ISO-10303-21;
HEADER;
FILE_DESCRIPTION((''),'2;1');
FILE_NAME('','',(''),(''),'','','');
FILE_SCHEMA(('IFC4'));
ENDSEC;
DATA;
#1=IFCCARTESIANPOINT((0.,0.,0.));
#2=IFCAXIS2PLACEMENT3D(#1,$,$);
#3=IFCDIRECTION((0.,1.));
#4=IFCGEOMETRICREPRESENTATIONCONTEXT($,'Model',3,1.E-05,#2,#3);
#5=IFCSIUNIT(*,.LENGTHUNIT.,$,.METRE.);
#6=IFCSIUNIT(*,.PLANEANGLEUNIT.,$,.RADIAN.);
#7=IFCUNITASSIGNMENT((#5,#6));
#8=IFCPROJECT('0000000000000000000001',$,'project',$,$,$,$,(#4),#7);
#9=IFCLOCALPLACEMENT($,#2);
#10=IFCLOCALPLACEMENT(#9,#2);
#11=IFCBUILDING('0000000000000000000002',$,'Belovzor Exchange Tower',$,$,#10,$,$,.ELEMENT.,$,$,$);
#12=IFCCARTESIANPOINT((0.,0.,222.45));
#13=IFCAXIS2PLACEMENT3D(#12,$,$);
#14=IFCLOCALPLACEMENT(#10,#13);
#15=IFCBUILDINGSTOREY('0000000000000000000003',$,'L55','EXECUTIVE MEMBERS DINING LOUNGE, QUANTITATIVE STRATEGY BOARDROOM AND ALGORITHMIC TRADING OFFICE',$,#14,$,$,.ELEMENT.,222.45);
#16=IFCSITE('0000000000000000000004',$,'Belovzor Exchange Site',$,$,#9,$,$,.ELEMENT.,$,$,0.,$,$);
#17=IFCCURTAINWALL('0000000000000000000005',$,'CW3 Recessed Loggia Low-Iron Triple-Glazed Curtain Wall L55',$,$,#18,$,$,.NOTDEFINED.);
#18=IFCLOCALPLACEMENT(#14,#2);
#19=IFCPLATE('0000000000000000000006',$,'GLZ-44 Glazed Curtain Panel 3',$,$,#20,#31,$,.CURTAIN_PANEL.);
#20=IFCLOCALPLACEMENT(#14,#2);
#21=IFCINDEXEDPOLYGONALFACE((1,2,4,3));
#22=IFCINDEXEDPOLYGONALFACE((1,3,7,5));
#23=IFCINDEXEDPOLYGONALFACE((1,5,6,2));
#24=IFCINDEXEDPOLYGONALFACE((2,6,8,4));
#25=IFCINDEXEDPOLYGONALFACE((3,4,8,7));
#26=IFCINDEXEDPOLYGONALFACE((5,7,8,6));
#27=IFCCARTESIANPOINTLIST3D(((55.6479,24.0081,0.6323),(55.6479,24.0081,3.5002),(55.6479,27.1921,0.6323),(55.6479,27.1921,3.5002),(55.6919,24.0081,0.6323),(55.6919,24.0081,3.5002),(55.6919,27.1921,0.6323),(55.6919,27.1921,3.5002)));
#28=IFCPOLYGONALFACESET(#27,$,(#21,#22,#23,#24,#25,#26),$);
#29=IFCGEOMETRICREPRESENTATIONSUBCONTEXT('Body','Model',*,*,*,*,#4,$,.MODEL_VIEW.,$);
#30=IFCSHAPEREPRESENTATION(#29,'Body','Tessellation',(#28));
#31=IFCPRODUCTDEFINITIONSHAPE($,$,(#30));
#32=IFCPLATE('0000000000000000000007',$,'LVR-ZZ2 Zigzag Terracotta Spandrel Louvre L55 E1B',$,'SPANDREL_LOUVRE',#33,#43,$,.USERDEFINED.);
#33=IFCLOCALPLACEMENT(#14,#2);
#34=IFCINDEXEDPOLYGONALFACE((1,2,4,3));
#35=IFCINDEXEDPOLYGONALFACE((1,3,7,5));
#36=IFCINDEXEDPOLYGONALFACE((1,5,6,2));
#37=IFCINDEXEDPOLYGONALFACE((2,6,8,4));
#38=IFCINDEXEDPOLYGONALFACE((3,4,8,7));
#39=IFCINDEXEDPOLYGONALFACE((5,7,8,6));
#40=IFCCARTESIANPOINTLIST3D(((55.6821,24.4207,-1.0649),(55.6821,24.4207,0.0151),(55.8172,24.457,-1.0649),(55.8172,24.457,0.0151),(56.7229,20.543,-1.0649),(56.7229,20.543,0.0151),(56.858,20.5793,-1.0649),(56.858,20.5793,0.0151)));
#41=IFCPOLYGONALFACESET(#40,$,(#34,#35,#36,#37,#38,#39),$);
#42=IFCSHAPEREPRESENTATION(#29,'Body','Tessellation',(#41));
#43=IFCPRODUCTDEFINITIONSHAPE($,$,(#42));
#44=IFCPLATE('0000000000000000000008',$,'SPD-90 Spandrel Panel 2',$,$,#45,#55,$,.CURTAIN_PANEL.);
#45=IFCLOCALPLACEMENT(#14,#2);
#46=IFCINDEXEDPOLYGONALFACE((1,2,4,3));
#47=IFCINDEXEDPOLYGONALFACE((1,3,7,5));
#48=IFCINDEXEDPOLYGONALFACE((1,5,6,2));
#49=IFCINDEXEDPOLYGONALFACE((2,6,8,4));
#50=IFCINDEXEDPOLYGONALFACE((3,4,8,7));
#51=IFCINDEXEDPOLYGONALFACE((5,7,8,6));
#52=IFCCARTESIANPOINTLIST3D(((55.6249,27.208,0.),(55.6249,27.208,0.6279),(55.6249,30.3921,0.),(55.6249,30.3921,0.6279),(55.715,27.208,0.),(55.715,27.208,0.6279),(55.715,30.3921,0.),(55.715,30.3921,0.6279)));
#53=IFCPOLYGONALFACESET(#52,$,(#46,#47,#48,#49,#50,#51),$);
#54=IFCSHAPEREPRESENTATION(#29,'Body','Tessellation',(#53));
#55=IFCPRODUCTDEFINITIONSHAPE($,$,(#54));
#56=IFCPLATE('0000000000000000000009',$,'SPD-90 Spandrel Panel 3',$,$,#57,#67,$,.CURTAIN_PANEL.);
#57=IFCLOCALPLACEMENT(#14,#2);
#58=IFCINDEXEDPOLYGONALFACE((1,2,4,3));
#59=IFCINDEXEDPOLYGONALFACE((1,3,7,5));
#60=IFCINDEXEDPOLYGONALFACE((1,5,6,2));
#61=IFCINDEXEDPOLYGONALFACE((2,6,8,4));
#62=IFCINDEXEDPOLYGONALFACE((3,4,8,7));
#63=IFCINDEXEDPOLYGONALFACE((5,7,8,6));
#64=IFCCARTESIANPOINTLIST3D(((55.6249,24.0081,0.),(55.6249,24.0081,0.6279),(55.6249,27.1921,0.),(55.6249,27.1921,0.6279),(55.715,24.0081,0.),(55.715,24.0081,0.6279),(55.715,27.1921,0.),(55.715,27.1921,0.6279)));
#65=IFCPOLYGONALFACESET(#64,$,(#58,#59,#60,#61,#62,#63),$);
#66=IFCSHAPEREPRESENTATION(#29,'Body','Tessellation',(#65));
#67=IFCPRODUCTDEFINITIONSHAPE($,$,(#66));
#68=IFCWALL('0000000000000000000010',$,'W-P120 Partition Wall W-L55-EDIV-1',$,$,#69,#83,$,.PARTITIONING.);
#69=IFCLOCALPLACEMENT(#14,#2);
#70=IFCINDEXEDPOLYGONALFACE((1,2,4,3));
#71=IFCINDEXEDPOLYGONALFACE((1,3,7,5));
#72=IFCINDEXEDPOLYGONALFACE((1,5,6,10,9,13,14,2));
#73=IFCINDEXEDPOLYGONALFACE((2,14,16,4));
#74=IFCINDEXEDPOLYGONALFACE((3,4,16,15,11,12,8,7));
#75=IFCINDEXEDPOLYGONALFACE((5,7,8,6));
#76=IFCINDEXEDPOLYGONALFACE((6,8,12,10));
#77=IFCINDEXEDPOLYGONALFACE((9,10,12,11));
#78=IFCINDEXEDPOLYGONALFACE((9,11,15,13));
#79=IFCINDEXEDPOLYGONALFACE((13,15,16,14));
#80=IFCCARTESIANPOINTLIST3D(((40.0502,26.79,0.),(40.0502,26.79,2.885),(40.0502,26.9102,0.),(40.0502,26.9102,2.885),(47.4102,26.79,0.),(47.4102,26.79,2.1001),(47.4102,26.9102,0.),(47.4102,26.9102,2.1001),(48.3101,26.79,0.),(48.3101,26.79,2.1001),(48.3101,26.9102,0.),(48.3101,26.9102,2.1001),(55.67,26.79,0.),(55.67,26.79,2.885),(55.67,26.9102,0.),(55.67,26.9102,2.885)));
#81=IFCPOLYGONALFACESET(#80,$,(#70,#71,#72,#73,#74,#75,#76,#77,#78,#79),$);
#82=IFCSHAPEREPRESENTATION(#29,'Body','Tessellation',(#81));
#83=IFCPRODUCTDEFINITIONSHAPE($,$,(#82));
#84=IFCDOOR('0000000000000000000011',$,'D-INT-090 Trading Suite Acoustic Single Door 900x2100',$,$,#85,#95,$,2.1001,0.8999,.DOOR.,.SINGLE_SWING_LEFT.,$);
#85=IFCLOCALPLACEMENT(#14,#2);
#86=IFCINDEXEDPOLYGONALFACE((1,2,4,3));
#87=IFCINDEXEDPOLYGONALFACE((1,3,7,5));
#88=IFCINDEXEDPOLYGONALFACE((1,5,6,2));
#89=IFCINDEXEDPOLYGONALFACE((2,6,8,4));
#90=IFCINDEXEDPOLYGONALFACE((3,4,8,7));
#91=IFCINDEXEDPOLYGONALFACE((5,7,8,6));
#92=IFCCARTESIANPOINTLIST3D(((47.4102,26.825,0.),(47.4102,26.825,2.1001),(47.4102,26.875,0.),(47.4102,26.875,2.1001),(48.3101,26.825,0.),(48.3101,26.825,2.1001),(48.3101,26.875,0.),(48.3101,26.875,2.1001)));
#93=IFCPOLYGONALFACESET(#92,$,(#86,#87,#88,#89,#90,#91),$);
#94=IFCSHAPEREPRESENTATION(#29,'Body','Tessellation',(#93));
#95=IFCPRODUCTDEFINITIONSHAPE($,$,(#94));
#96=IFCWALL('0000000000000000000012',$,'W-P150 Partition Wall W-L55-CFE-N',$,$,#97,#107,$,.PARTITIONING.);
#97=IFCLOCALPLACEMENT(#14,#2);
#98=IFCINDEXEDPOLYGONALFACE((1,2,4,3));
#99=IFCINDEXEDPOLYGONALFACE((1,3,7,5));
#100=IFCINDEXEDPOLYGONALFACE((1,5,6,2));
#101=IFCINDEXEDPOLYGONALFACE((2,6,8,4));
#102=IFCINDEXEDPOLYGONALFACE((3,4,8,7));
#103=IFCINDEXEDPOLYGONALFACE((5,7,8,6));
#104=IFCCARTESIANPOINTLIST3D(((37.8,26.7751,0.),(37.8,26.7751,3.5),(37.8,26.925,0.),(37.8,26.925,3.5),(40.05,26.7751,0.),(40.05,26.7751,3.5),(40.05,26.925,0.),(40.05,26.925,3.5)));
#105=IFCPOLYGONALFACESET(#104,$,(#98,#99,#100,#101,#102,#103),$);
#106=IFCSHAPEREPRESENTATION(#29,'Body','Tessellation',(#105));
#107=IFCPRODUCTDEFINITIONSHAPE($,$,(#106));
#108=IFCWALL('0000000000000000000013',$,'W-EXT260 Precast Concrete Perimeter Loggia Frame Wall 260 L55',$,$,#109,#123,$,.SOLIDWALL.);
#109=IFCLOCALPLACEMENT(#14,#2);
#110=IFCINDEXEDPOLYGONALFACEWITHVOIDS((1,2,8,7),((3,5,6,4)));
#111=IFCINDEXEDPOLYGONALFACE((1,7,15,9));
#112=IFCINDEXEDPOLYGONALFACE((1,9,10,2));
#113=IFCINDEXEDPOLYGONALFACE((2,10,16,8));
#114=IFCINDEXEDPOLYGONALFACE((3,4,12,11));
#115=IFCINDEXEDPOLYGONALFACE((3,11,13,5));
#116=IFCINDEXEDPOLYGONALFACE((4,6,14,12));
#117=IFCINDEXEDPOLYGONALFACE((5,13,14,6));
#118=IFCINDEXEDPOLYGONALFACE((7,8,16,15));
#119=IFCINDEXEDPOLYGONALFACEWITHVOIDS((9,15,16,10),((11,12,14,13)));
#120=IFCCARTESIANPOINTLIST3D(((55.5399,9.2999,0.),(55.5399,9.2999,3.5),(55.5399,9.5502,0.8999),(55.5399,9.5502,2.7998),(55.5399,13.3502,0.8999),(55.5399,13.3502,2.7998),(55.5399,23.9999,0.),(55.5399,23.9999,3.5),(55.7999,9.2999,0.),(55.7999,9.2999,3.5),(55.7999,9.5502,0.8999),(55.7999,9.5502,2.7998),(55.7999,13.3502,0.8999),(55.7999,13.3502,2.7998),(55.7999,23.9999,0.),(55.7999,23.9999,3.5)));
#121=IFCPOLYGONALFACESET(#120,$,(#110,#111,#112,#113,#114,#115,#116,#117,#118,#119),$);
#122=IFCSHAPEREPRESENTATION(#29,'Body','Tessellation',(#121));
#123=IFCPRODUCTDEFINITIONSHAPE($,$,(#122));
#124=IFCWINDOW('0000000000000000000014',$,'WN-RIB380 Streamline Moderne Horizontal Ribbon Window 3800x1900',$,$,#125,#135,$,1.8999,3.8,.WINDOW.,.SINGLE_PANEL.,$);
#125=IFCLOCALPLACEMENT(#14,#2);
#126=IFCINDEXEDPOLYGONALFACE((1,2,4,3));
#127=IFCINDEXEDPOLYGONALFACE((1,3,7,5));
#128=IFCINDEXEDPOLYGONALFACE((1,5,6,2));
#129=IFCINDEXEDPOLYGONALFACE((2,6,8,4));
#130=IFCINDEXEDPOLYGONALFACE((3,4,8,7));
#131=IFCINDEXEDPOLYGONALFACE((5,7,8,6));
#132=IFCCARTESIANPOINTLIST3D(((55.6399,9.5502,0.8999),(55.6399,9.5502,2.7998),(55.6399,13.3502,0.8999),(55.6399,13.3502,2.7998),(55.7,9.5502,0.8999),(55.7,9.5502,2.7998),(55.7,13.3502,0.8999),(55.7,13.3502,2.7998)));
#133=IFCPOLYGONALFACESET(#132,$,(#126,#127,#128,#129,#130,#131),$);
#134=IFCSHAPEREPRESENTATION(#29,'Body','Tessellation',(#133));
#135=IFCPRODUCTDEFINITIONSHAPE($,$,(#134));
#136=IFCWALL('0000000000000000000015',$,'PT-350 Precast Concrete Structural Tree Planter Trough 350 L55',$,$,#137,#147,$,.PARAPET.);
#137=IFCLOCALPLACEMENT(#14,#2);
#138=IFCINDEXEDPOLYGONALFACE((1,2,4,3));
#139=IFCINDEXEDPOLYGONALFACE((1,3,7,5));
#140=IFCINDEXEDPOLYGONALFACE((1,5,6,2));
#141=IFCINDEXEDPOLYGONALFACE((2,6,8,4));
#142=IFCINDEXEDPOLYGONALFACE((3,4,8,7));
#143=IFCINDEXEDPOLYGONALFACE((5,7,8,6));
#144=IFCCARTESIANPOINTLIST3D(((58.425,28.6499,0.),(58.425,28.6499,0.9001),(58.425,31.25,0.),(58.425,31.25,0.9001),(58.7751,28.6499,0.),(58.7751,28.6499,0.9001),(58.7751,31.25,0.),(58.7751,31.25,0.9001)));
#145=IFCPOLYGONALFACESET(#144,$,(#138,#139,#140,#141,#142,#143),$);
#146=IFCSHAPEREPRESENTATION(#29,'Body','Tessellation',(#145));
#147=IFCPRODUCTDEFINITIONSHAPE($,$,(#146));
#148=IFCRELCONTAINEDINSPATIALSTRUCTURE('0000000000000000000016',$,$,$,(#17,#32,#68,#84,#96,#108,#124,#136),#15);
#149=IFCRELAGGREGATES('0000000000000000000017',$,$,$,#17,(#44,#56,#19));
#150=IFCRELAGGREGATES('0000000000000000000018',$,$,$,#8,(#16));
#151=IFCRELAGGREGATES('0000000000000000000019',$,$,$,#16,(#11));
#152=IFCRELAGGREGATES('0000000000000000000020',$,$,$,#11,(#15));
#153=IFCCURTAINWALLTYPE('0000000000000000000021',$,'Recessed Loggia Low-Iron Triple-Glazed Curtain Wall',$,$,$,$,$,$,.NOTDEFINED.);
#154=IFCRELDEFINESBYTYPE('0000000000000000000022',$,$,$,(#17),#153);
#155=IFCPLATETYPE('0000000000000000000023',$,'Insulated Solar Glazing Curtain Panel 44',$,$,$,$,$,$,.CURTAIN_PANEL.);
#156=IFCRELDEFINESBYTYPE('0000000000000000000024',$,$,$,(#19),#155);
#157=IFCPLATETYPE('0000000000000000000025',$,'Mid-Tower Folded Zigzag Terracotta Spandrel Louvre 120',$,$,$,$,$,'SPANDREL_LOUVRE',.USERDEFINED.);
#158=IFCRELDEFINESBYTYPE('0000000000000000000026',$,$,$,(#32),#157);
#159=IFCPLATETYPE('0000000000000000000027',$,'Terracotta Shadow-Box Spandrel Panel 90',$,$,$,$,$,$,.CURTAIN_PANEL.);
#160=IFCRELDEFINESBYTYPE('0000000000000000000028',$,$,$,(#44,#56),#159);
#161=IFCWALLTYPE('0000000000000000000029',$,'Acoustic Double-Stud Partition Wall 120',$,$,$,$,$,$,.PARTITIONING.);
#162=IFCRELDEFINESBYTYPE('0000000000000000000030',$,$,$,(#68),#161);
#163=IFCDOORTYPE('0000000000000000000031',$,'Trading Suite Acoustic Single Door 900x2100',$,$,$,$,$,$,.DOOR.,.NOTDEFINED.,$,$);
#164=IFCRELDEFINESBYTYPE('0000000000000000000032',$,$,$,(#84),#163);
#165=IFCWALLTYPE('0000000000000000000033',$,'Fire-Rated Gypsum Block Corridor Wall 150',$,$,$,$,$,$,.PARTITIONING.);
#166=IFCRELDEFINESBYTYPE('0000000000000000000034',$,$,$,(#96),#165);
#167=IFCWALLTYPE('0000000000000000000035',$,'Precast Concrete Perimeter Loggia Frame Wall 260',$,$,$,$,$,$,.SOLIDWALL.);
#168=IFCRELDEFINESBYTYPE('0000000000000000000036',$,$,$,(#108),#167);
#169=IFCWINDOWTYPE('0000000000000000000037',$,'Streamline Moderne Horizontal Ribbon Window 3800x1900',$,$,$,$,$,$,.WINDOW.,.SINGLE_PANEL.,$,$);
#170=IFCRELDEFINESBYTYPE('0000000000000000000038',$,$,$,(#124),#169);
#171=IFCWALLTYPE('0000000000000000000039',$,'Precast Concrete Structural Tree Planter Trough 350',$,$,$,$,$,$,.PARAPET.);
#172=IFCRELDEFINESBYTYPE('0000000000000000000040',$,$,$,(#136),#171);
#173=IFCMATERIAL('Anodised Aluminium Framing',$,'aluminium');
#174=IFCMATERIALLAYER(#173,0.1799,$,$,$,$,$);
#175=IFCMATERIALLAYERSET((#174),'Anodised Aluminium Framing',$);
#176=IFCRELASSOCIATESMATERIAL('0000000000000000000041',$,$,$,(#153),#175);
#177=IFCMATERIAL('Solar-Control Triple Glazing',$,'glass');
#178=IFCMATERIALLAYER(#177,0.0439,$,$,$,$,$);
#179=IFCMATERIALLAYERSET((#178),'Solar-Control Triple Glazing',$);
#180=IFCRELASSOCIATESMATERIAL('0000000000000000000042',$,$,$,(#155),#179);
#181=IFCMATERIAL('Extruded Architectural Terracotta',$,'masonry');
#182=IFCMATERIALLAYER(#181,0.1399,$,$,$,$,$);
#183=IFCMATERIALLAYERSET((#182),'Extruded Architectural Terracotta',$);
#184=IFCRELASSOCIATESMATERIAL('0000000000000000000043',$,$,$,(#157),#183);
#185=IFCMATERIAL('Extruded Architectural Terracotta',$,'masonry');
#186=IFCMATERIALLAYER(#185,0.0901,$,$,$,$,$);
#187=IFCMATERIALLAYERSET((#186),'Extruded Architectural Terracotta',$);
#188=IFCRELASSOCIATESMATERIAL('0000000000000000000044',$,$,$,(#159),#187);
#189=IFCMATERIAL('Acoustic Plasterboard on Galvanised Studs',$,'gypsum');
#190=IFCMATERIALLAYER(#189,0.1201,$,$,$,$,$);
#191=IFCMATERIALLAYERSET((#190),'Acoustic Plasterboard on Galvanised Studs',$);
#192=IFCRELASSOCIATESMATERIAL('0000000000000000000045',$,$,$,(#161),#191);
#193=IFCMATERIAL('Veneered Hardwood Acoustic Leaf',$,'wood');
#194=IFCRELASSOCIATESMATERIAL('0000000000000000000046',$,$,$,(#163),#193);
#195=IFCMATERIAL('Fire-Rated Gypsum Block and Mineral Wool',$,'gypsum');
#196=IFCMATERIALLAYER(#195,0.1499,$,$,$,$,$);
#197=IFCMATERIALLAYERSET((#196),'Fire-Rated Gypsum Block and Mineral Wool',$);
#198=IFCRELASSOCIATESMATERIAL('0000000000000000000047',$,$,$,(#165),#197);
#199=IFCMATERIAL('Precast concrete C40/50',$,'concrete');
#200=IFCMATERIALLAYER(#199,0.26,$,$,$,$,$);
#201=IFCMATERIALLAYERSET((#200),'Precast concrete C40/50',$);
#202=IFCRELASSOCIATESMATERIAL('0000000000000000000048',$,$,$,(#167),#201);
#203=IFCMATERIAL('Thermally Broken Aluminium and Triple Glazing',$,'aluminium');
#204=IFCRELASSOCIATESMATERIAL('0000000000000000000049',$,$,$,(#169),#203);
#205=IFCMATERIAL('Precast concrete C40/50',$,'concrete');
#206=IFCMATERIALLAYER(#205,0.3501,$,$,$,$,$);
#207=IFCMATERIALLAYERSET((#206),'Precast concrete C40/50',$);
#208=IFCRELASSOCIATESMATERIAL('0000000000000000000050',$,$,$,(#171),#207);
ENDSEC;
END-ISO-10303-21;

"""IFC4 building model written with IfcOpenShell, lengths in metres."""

from ifc_helpers import new_model, si_unit, direction, frame, frame_2d, origin, origin_2d, place, context, subcontext, project, spatial, rectangle, extrude, material, layer, layer_set, type_object, element, fill, aggregate, save


model = new_model("IFC4")

# Units and contexts
model_context = context("Model", 3, precision=1e-05, world=origin(), true_north=direction((0.0, 1.0)))
body_context = subcontext(model_context, "Body", "Model", "MODEL_VIEW")
ifc_project = project(units=[si_unit("LENGTHUNIT", "METRE"), si_unit("PLANEANGLEUNIT", "RADIAN")], contexts=[model_context])

# Site, building, storey
site_placement = place(None, origin())
site = spatial("IfcSite", under=ifc_project, at=site_placement, Name="Belovzor Exchange Site", CompositionType="ELEMENT", RefElevation=0.0)
building_placement = place(site_placement, origin())
building = spatial("IfcBuilding", under=site, at=building_placement, Name="Belovzor Exchange Tower", CompositionType="ELEMENT")
storey_placement = place(building_placement, frame((0.0, 0.0, 222.45)))
storey = spatial("IfcBuildingStorey", under=building, at=storey_placement, Name="L55", Description="EXECUTIVE MEMBERS DINING LOUNGE, QUANTITATIVE STRATEGY BOARDROOM AND ALGORITHMIC TRADING OFFICE", CompositionType="ELEMENT", Elevation=222.45)

# Curtain wall
ifc_material_1 = material(Name="Anodised Aluminium Framing", Category="aluminium")
ifc_layer_1 = layer(ifc_material_1, 0.1799)
ifc_layer_set_1 = layer_set([ifc_layer_1], Name="Anodised Aluminium Framing")
curtain_wall_type = type_object("IfcCurtainWallType", Name="Recessed Loggia Low-Iron Triple-Glazed Curtain Wall", PredefinedType="NOTDEFINED", material=ifc_layer_set_1)
curtain_wall_placement = place(storey_placement, origin())
curtain_wall = element("IfcCurtainWall", 1, at=curtain_wall_placement, inside=storey, type_object=curtain_wall_type, Name="CW3 Recessed Loggia Low-Iron Triple-Glazed Curtain Wall L55", PredefinedType="NOTDEFINED")

# Plates
ifc_material_2 = material(Name="Solar-Control Triple Glazing", Category="glass")
ifc_layer_2 = layer(ifc_material_2, 0.0439)
ifc_layer_set_2 = layer_set([ifc_layer_2], Name="Solar-Control Triple Glazing")
plate_type_1 = type_object("IfcPlateType", Name="Insulated Solar Glazing Curtain Panel 44", PredefinedType="CURTAIN_PANEL", material=ifc_layer_set_2)
plate_1_placement = place(storey_placement, frame((55.6699, 25.6001, 0.6323), z_axis=(0.0, 0.0, 1.0), x_axis=(0.0, -1.0, 0.0)))
plate_1 = element("IfcPlate", 2, at=plate_1_placement, type_object=plate_type_1, Name="GLZ-44 Glazed Curtain Panel 3", PredefinedType="CURTAIN_PANEL", context=body_context, shape_type="SweptSolid", body=[
    extrude(rectangle(XDim=3.1841, YDim=0.0439, at=origin_2d()), origin(), (0.0, 0.0, 1.0), 2.8679),
])
ifc_material_3 = material(Name="Extruded Architectural Terracotta", Category="masonry")
ifc_layer_3 = layer(ifc_material_3, 0.1399)
ifc_layer_set_3 = layer_set([ifc_layer_3], Name="Extruded Architectural Terracotta")
plate_type_2 = type_object("IfcPlateType", Name="Mid-Tower Folded Zigzag Terracotta Spandrel Louvre 120", ElementType="SPANDREL_LOUVRE", PredefinedType="USERDEFINED", material=ifc_layer_set_3)
plate_2_placement = place(storey_placement, frame((56.27, 22.5, -1.0649), z_axis=(0.0, 0.0, 1.0), x_axis=(-0.25924, 0.965813, 0.0)))
element("IfcPlate", 3, at=plate_2_placement, inside=storey, type_object=plate_type_2, Name="LVR-ZZ2 Zigzag Terracotta Spandrel Louvre L55 E1B", ObjectType="SPANDREL_LOUVRE", PredefinedType="USERDEFINED", context=body_context, shape_type="SweptSolid", body=[
    extrude(rectangle(XDim=4.0149, YDim=0.1399, at=origin_2d()), origin(), (0.0, 0.0, 1.0), 1.0801),
])
ifc_material_4 = material(Name="Extruded Architectural Terracotta", Category="masonry")
ifc_layer_4 = layer(ifc_material_4, 0.0901)
ifc_layer_set_4 = layer_set([ifc_layer_4], Name="Extruded Architectural Terracotta")
plate_type_3 = type_object("IfcPlateType", Name="Terracotta Shadow-Box Spandrel Panel 90", PredefinedType="CURTAIN_PANEL", material=ifc_layer_set_4)
plate_3_placement = place(storey_placement, frame((55.6699, 28.8, 0.0), z_axis=(0.0, 0.0, 1.0), x_axis=(0.0, -1.0, 0.0)))
plate_3 = element("IfcPlate", 4, at=plate_3_placement, type_object=plate_type_3, Name="SPD-90 Spandrel Panel 2", PredefinedType="CURTAIN_PANEL", context=body_context, shape_type="SweptSolid", body=[
    extrude(rectangle(XDim=3.1841, YDim=0.0901, at=origin_2d()), origin(), (0.0, 0.0, 1.0), 0.6279),
])
plate_4_placement = place(storey_placement, frame((55.6699, 25.6001, 0.0), z_axis=(0.0, 0.0, 1.0), x_axis=(0.0, -1.0, 0.0)))
plate_4 = element("IfcPlate", 5, at=plate_4_placement, type_object=plate_type_3, Name="SPD-90 Spandrel Panel 3", PredefinedType="CURTAIN_PANEL", context=body_context, shape_type="SweptSolid", body=[
    extrude(rectangle(XDim=3.1841, YDim=0.0901, at=origin_2d()), origin(), (0.0, 0.0, 1.0), 0.6279),
])
aggregate(curtain_wall, [plate_3, plate_4, plate_1])

# Wall, opening, door
ifc_material_5 = material(Name="Acoustic Plasterboard on Galvanised Studs", Category="gypsum")
ifc_layer_5 = layer(ifc_material_5, 0.1201)
ifc_layer_set_5 = layer_set([ifc_layer_5], Name="Acoustic Plasterboard on Galvanised Studs")
wall_type_1 = type_object("IfcWallType", Name="Acoustic Double-Stud Partition Wall 120", PredefinedType="PARTITIONING", material=ifc_layer_set_5)
wall_1_placement = place(storey_placement, frame((40.05, 26.8501, 0.0), z_axis=(0.0, 0.0, 1.0), x_axis=(1.0, 0.0, 0.0)))
wall_1 = element("IfcWall", 6, at=wall_1_placement, inside=storey, type_object=wall_type_1, Name="W-P120 Partition Wall W-L55-EDIV-1", PredefinedType="PARTITIONING", context=body_context, shape_type="SweptSolid", body=[
    extrude(rectangle(XDim=15.6199, YDim=0.1201, at=frame_2d((7.8101, 0.0))), origin(), (0.0, 0.0, 1.0), 2.885),
])
opening_1_placement = place(wall_1_placement, frame((7.3601, 0.0, 0.0)))
opening_1 = element("IfcOpeningElement", 7, at=opening_1_placement, cuts=wall_1, PredefinedType="OPENING", context=body_context, shape_type="SweptSolid", body=[
    extrude(rectangle(XDim=0.8999, YDim=2.1001, at=frame_2d((0.45, 1.05))), frame((0.0, 0.0701, 0.0), z_axis=(0.0, -1.0, 0.0), x_axis=(1.0, 0.0, 0.0)), (0.0, 0.0, 1.0), 0.1401),
])
ifc_material_6 = material(Name="Veneered Hardwood Acoustic Leaf", Category="wood")
door_type = type_object("IfcDoorType", Name="Trading Suite Acoustic Single Door 900x2100", OperationType="NOTDEFINED", PredefinedType="DOOR", material=ifc_material_6)
door_placement = place(opening_1_placement, origin())
door = element("IfcDoor", 8, at=door_placement, inside=storey, type_object=door_type, Name="D-INT-090 Trading Suite Acoustic Single Door 900x2100", OperationType="SINGLE_SWING_LEFT", OverallHeight=2.1001, OverallWidth=0.8999, PredefinedType="DOOR", context=body_context, shape_type="SweptSolid", body=[
    extrude(rectangle(XDim=0.8999, YDim=2.1001, at=frame_2d((0.45, 1.05))), frame((0.0, 0.0249, 0.0), z_axis=(0.0, -1.0, 0.0), x_axis=(1.0, 0.0, 0.0)), (0.0, 0.0, 1.0), 0.05),
])
fill(opening_1, door)

# Wall
ifc_material_7 = material(Name="Fire-Rated Gypsum Block and Mineral Wool", Category="gypsum")
ifc_layer_6 = layer(ifc_material_7, 0.1499)
ifc_layer_set_6 = layer_set([ifc_layer_6], Name="Fire-Rated Gypsum Block and Mineral Wool")
wall_type_2 = type_object("IfcWallType", Name="Fire-Rated Gypsum Block Corridor Wall 150", PredefinedType="PARTITIONING", material=ifc_layer_set_6)
wall_2_placement = place(storey_placement, frame((37.8, 26.8501, 0.0), z_axis=(0.0, 0.0, 1.0), x_axis=(1.0, 0.0, 0.0)))
element("IfcWall", 9, at=wall_2_placement, inside=storey, type_object=wall_type_2, Name="W-P150 Partition Wall W-L55-CFE-N", PredefinedType="PARTITIONING", context=body_context, shape_type="SweptSolid", body=[
    extrude(rectangle(XDim=2.25, YDim=0.1499, at=frame_2d((1.125, 0.0))), origin(), (0.0, 0.0, 1.0), 3.5),
])

# Wall, opening, window
ifc_material_8 = material(Name="Precast concrete C40/50", Category="concrete")
ifc_layer_7 = layer(ifc_material_8, 0.26)
ifc_layer_set_7 = layer_set([ifc_layer_7], Name="Precast concrete C40/50")
wall_type_3 = type_object("IfcWallType", Name="Precast Concrete Perimeter Loggia Frame Wall 260", PredefinedType="SOLIDWALL", material=ifc_layer_set_7)
wall_3_placement = place(storey_placement, frame((55.6699, 24.0, 0.0), z_axis=(0.0, 0.0, 1.0), x_axis=(0.0, -1.0, 0.0)))
wall_3 = element("IfcWall", 10, at=wall_3_placement, inside=storey, type_object=wall_type_3, Name="W-EXT260 Precast Concrete Perimeter Loggia Frame Wall 260 L55", PredefinedType="SOLIDWALL", context=body_context, shape_type="SweptSolid", body=[
    extrude(rectangle(XDim=14.7, YDim=0.26, at=frame_2d((7.3501, 0.0))), origin(), (0.0, 0.0, 1.0), 3.5),
])
opening_2_placement = place(wall_3_placement, frame((10.6499, 0.0, 0.8999)))
opening_2 = element("IfcOpeningElement", 11, at=opening_2_placement, cuts=wall_3, PredefinedType="OPENING", context=body_context, shape_type="SweptSolid", body=[
    extrude(rectangle(XDim=3.8, YDim=1.8999, at=frame_2d((1.8999, 0.95))), frame((0.0, 0.1399, 0.0), z_axis=(0.0, -1.0, 0.0), x_axis=(1.0, 0.0, 0.0)), (0.0, 0.0, 1.0), 0.28),
])
ifc_material_9 = material(Name="Thermally Broken Aluminium and Triple Glazing", Category="aluminium")
window_type = type_object("IfcWindowType", Name="Streamline Moderne Horizontal Ribbon Window 3800x1900", PartitioningType="SINGLE_PANEL", PredefinedType="WINDOW", material=ifc_material_9)
window_placement = place(opening_2_placement, origin())
window = element("IfcWindow", 12, at=window_placement, inside=storey, type_object=window_type, Name="WN-RIB380 Streamline Moderne Horizontal Ribbon Window 3800x1900", OverallHeight=1.8999, OverallWidth=3.8, PartitioningType="SINGLE_PANEL", PredefinedType="WINDOW", context=body_context, shape_type="SweptSolid", body=[
    extrude(rectangle(XDim=3.8, YDim=1.8999, at=frame_2d((1.8999, 0.95))), frame((0.0, 0.03, 0.0), z_axis=(0.0, -1.0, 0.0), x_axis=(1.0, 0.0, 0.0)), (0.0, 0.0, 1.0), 0.0601),
])
fill(opening_2, window)

# Wall
ifc_material_10 = material(Name="Precast concrete C40/50", Category="concrete")
ifc_layer_8 = layer(ifc_material_10, 0.3501)
ifc_layer_set_8 = layer_set([ifc_layer_8], Name="Precast concrete C40/50")
wall_type_4 = type_object("IfcWallType", Name="Precast Concrete Structural Tree Planter Trough 350", PredefinedType="PARAPET", material=ifc_layer_set_8)
wall_4_placement = place(storey_placement, frame((58.6001, 28.6499, 0.0), z_axis=(0.0, 0.0, 1.0), x_axis=(0.0, 1.0, 0.0)))
element("IfcWall", 13, at=wall_4_placement, inside=storey, type_object=wall_type_4, Name="PT-350 Precast Concrete Structural Tree Planter Trough 350 L55", PredefinedType="PARAPET", context=body_context, shape_type="SweptSolid", body=[
    extrude(rectangle(XDim=2.6001, YDim=0.3501, at=frame_2d((1.3, 0.0))), origin(), (0.0, 0.0, 1.0), 0.9001),
])

save(model, "model.ifc")
